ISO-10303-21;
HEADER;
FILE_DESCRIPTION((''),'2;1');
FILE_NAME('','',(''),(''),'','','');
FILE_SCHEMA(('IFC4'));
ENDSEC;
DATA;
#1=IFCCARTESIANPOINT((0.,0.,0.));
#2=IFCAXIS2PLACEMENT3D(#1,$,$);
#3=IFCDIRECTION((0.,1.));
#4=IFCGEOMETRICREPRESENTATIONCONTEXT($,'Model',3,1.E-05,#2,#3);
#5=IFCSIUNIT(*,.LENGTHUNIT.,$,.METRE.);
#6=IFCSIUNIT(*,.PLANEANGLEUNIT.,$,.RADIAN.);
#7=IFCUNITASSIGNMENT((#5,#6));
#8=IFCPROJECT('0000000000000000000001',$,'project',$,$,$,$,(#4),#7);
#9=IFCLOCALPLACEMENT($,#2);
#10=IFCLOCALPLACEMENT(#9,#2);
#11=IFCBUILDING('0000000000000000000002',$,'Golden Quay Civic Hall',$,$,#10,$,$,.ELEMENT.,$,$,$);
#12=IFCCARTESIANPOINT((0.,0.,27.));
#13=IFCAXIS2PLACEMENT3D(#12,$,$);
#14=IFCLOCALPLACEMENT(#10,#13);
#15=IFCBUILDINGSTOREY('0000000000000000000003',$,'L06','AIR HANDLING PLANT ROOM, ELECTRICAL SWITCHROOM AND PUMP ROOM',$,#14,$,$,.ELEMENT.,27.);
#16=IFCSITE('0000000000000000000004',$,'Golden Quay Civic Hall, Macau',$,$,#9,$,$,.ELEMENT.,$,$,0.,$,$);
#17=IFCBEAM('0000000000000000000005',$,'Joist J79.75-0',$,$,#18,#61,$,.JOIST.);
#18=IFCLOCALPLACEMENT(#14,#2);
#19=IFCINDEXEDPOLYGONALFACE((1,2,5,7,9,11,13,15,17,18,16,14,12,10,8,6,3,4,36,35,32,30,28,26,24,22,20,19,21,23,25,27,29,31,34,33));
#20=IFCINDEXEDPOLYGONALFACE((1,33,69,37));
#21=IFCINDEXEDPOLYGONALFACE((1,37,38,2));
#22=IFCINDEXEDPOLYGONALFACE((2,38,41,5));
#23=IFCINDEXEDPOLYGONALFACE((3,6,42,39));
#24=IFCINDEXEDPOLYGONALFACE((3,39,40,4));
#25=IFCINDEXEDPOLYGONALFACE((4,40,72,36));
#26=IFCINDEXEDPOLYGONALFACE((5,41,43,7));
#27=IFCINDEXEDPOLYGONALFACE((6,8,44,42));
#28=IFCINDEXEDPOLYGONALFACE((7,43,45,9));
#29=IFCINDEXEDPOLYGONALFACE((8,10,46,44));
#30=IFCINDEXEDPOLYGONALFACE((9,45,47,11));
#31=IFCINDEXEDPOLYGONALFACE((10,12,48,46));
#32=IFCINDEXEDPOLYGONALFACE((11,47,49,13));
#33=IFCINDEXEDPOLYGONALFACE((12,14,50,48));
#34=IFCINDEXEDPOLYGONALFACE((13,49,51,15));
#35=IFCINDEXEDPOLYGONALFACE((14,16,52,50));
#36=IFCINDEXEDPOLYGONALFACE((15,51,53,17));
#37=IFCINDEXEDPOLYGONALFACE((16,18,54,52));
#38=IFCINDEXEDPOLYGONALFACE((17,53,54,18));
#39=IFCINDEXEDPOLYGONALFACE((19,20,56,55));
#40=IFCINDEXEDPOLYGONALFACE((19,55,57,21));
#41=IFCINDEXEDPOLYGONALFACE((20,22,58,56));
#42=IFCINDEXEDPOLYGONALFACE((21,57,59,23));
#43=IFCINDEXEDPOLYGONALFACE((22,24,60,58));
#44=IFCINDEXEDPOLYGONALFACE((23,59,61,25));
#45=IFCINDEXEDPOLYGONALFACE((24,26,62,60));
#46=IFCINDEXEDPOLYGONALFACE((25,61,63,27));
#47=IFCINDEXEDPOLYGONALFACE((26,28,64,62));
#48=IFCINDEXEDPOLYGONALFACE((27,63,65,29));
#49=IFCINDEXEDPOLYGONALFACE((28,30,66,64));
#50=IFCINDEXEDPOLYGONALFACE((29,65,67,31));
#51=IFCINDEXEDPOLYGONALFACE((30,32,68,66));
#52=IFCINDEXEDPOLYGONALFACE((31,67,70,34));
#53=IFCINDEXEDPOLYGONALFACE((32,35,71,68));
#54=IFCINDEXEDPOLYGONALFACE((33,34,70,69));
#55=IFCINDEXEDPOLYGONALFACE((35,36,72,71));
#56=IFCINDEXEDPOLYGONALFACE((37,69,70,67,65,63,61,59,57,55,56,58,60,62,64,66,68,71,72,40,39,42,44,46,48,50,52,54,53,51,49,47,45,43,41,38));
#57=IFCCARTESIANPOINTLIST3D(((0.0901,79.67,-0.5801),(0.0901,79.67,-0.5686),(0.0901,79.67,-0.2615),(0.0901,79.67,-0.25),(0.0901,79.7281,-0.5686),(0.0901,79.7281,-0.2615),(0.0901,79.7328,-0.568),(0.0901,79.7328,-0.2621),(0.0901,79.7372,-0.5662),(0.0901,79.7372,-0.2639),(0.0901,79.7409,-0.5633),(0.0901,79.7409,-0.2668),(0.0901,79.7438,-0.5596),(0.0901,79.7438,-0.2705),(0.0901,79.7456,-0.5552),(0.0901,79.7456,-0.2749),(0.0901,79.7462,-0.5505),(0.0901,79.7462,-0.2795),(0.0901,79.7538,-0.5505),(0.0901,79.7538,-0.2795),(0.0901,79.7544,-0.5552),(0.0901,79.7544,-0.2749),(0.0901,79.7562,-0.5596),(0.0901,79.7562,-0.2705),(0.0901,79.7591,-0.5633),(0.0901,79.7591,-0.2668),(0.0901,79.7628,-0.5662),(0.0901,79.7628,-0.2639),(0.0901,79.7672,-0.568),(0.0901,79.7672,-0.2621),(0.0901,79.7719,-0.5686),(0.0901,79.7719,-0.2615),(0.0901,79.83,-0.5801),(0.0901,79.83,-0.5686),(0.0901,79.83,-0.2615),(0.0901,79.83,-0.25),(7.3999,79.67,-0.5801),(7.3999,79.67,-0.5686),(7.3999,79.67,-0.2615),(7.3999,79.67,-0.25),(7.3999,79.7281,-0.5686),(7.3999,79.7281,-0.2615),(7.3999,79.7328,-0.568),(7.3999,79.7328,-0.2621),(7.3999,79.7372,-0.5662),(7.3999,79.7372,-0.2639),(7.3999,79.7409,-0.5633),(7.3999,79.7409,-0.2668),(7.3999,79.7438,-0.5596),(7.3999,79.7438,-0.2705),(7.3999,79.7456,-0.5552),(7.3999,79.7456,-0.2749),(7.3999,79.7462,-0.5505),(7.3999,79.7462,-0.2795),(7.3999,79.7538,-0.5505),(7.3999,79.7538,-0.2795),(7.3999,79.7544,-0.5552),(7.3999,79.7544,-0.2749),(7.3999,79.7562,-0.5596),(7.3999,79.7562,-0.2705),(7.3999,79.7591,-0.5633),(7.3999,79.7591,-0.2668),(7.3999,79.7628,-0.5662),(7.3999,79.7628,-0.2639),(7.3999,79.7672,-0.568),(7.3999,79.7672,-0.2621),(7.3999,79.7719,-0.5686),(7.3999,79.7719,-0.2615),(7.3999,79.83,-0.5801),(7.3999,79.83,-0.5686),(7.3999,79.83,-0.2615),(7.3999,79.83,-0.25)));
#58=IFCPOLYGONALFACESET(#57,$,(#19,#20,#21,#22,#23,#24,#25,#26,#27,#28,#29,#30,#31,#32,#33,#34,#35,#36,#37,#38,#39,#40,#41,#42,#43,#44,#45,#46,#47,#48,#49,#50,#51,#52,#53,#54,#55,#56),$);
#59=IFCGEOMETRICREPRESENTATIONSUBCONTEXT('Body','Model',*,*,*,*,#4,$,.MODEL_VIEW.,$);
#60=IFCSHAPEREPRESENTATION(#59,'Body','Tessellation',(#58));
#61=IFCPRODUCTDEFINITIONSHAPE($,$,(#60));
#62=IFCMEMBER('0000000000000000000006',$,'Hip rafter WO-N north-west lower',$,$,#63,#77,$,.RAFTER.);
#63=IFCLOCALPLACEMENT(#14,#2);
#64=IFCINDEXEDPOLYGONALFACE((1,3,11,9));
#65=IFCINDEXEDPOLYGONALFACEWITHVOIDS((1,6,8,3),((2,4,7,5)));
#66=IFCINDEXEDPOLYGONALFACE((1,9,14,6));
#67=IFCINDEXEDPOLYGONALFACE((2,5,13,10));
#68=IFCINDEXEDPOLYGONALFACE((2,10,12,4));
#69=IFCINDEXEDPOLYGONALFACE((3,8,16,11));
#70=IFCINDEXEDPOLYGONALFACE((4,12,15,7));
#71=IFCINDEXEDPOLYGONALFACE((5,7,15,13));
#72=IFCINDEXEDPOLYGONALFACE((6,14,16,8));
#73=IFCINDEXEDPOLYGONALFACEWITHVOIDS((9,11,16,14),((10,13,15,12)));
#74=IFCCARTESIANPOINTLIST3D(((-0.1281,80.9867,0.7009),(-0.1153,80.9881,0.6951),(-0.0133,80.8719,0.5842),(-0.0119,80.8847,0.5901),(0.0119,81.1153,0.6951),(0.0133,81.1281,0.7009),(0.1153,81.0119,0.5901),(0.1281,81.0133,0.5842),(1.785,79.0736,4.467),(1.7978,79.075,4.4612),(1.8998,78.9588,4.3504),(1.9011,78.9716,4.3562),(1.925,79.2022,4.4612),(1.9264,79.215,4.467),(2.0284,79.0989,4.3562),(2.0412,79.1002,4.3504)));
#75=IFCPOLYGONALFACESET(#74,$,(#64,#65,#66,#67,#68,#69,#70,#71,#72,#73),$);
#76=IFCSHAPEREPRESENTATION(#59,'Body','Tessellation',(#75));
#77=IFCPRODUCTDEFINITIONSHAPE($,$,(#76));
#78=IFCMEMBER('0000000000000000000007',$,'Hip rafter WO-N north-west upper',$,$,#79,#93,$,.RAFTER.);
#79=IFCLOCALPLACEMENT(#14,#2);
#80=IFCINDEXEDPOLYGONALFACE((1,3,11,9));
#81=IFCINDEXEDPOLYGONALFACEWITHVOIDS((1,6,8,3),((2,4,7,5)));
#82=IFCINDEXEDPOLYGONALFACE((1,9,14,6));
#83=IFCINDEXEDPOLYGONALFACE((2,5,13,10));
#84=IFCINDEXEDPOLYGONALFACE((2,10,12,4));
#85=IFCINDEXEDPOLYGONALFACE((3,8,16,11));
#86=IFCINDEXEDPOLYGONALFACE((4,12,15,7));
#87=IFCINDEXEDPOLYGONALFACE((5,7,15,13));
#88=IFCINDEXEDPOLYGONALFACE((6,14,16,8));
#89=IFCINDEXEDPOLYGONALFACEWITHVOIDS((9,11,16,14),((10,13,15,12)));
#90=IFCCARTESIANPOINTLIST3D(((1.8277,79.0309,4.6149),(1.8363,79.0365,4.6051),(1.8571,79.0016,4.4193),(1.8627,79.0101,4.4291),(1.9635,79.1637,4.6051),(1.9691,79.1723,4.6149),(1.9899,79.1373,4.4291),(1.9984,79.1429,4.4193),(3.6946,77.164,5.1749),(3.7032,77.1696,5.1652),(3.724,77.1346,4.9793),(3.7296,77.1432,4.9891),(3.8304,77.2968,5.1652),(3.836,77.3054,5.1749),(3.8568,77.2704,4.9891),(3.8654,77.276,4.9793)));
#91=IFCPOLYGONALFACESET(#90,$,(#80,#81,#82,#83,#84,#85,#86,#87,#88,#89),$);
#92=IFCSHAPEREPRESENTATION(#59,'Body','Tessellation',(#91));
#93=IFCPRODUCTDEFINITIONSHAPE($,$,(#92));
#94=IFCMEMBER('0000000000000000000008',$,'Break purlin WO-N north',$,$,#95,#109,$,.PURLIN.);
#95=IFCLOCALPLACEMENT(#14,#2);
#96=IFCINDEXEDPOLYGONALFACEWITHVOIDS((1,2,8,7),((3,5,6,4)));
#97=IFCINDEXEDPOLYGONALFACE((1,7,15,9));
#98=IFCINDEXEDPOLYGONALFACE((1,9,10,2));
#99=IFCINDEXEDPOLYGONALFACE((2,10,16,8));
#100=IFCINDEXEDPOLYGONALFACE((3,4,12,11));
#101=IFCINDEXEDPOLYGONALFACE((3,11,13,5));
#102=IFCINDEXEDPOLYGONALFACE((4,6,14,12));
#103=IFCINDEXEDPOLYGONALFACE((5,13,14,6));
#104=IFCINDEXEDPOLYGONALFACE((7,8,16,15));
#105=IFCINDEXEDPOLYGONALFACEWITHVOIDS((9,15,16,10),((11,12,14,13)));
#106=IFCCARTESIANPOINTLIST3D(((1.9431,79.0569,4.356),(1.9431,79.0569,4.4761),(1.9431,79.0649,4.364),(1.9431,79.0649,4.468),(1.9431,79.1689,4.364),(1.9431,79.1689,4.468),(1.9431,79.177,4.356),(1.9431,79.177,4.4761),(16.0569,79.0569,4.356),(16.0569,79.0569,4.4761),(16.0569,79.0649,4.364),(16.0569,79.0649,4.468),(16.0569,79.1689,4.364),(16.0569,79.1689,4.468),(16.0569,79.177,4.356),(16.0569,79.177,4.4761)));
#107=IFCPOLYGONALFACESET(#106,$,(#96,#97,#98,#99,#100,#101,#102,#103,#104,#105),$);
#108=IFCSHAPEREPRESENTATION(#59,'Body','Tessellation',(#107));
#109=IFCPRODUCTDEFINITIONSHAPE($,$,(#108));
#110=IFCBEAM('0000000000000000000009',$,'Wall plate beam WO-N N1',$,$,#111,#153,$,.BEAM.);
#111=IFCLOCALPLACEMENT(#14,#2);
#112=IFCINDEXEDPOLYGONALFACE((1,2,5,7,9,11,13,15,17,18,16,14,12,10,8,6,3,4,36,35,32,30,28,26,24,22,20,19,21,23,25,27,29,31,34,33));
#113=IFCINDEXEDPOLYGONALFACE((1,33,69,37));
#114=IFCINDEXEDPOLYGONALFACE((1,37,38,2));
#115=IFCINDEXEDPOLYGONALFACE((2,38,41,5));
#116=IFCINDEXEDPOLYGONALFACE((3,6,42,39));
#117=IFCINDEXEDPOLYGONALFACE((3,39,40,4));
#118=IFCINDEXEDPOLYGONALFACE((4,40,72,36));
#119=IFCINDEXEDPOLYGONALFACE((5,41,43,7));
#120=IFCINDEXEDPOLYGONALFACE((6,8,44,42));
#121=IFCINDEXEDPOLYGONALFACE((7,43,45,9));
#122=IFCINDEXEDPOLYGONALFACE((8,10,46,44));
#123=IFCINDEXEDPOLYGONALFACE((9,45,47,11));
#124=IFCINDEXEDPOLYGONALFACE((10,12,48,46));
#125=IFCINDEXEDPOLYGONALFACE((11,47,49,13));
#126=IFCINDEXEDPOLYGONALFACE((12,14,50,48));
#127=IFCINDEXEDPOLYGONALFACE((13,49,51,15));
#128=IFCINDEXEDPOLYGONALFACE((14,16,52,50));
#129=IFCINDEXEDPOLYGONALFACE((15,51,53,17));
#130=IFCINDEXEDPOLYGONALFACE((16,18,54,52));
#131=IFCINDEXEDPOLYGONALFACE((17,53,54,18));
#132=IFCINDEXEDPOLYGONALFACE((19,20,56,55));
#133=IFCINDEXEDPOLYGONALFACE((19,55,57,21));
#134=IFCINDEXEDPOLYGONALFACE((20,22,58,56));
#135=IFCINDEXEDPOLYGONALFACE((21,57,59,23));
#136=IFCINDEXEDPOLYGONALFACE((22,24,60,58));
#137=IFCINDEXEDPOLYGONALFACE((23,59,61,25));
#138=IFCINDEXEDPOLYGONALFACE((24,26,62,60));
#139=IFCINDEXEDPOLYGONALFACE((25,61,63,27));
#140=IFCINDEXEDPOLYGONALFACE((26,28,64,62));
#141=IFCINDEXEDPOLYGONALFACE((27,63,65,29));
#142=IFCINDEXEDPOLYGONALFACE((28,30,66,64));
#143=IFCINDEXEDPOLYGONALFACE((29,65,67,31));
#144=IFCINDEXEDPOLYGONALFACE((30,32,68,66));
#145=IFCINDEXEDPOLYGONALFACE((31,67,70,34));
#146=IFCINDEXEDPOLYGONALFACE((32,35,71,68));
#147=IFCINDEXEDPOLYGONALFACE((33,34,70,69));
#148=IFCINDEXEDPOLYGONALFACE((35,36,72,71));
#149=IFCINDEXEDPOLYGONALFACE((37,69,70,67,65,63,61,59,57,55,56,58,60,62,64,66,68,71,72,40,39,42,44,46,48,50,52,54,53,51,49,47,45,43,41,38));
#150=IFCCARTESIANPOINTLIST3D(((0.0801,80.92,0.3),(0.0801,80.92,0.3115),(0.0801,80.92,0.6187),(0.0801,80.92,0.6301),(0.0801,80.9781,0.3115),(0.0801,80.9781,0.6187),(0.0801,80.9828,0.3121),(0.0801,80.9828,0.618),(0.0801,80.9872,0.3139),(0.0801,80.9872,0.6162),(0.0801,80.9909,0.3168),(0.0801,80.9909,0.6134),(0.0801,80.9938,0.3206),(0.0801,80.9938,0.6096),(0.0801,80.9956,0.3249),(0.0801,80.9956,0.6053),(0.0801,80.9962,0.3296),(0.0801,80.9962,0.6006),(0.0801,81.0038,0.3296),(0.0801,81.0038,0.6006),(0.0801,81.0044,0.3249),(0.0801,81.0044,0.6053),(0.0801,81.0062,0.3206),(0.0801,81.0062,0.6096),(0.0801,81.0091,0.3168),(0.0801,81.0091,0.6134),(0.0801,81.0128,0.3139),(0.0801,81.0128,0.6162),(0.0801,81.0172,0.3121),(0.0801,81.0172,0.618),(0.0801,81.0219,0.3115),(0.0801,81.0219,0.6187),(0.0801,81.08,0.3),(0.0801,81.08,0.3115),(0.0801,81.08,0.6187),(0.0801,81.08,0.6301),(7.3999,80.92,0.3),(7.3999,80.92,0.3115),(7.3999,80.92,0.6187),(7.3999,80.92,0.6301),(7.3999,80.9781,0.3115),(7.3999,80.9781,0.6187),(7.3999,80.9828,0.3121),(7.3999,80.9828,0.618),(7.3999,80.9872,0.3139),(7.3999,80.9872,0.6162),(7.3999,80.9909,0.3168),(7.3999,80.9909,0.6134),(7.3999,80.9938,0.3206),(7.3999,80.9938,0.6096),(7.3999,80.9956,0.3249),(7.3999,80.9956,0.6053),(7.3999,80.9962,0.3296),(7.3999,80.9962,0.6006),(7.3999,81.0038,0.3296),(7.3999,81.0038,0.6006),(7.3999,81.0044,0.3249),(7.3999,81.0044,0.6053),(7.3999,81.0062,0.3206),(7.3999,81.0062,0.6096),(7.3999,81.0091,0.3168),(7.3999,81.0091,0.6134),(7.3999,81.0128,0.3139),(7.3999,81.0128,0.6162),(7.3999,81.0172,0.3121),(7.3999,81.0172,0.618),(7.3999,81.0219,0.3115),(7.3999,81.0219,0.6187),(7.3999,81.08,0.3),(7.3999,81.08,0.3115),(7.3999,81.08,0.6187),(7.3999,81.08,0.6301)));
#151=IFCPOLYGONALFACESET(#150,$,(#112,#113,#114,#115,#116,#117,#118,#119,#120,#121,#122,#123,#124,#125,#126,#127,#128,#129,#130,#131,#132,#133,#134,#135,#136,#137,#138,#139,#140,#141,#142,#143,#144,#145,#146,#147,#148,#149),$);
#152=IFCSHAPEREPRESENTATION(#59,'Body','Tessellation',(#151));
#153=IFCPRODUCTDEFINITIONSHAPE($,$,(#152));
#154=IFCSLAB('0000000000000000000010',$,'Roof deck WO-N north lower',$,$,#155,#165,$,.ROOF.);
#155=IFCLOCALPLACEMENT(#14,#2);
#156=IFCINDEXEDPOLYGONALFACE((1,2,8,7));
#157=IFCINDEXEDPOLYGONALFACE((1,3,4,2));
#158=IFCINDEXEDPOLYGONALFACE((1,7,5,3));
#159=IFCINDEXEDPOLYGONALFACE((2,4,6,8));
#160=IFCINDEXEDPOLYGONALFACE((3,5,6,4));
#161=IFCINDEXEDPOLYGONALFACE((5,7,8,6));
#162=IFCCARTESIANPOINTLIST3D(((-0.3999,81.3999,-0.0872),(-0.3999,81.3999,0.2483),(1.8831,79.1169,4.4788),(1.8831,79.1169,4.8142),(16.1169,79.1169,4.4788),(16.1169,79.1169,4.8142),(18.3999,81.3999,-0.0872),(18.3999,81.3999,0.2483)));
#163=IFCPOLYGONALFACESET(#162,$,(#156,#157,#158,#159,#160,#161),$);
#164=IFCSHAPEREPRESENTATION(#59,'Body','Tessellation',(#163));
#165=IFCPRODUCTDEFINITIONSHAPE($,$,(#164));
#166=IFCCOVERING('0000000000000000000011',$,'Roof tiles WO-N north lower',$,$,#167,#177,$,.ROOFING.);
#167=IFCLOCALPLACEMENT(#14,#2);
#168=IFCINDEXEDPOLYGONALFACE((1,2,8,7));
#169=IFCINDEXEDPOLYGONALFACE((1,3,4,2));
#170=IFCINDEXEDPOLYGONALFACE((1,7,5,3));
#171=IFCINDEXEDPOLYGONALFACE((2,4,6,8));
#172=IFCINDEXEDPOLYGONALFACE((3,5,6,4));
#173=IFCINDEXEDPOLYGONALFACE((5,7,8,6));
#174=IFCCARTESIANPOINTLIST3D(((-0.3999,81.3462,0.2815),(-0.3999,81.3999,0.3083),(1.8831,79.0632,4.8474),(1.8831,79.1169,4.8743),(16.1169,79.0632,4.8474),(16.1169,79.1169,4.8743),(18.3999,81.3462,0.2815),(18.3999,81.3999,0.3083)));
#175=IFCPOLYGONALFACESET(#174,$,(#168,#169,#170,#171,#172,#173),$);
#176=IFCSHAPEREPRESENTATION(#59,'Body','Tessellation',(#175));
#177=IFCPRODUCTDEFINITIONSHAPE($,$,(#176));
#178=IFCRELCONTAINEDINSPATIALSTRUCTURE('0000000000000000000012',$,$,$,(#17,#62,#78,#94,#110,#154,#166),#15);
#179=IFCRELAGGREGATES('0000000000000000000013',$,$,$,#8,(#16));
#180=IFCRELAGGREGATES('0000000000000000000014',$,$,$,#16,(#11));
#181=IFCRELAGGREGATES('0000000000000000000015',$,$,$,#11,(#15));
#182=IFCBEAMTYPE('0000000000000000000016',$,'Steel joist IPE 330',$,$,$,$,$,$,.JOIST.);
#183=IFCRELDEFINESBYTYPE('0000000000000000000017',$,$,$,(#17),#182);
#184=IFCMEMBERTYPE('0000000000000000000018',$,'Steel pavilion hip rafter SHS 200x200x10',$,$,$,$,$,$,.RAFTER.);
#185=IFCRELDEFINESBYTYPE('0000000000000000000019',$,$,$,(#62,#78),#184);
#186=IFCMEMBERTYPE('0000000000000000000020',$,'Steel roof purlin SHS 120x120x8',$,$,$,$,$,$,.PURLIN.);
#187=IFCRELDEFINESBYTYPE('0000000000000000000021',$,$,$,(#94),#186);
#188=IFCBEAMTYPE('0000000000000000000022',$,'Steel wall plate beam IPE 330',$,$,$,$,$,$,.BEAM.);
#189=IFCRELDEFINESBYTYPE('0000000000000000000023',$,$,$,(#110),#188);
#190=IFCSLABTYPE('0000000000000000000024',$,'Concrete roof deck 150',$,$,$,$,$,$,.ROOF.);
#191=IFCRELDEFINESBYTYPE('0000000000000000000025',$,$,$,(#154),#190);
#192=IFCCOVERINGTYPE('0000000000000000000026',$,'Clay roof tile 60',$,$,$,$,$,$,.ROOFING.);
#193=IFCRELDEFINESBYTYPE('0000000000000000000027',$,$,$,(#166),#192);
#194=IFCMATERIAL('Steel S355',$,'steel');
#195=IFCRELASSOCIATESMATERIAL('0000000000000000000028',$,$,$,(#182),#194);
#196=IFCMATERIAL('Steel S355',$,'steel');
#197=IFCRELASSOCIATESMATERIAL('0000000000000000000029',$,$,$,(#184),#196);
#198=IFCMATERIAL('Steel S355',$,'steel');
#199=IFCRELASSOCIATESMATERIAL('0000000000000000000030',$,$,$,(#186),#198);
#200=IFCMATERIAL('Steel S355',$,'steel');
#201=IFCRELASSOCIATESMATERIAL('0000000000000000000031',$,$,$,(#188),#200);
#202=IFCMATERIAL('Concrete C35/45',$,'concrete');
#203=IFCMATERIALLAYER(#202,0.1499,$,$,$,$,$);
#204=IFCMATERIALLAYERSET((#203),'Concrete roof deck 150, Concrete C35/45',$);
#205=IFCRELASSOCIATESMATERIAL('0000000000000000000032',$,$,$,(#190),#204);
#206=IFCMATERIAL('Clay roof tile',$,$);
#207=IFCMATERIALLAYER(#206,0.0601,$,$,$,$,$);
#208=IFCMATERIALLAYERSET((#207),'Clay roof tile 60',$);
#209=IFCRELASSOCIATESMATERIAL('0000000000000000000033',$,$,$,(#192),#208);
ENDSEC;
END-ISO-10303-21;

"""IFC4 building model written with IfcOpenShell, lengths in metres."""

from ifc_helpers import new_model, si_unit, direction, frame, origin, origin_2d, place, context, subcontext, project, spatial, polyline, hollow_rectangle, i_section, outline, extrude, material, layer, layer_set, material_profile, profile_set, type_object, element, save


model = new_model("IFC4")

# Units and contexts
model_context = context("Model", 3, precision=1e-05, world=origin(), true_north=direction((0.0, 1.0)))
body_context = subcontext(model_context, "Body", "Model", "MODEL_VIEW")
ifc_project = project(units=[si_unit("LENGTHUNIT", "METRE"), si_unit("PLANEANGLEUNIT", "RADIAN")], contexts=[model_context])

# Site, building, storey
site_placement = place(None, origin())
site = spatial("IfcSite", under=ifc_project, at=site_placement, Name="Golden Quay Civic Hall, Macau", CompositionType="ELEMENT", RefElevation=0.0)
building_placement = place(site_placement, origin())
building = spatial("IfcBuilding", under=site, at=building_placement, Name="Golden Quay Civic Hall", CompositionType="ELEMENT")
storey_placement = place(building_placement, frame((0.0, 0.0, 27.0)))
storey = spatial("IfcBuildingStorey", under=building, at=storey_placement, Name="L06", Description="AIR HANDLING PLANT ROOM, ELECTRICAL SWITCHROOM AND PUMP ROOM", CompositionType="ELEMENT", Elevation=27.0)

# Beam
ifc_material_1 = material(Name="Steel S355", Category="steel")
ifc_material_profile_1 = material_profile(ifc_material_1, i_section(OverallWidth=0.1599, OverallDepth=0.3301, WebThickness=0.0076, FlangeThickness=0.0115, FilletRadius=0.0181, at=origin_2d()), Name="IPE 330")
ifc_profile_set_1 = profile_set([ifc_material_profile_1], Name="Steel S355")
beam_type_1 = type_object("IfcBeamType", Name="Steel joist IPE 330", PredefinedType="JOIST", material=ifc_profile_set_1)
beam_1_placement = place(storey_placement, frame((0.0901, 79.75, -0.415), z_axis=(1.0, 0.0, 0.0), x_axis=(0.0, 1.0, 0.0)))
element("IfcBeam", 1, at=beam_1_placement, inside=storey, type_object=beam_type_1, Name="Joist J79.75-0", PredefinedType="JOIST", context=body_context, shape_type="SweptSolid", body=[
    extrude(i_section(OverallWidth=0.1599, OverallDepth=0.3301, WebThickness=0.0076, FlangeThickness=0.0115, FilletRadius=0.0181, at=origin_2d()), origin(), (0.0, 0.0, 1.0), 7.3098),
])

# Members
ifc_material_2 = material(Name="Steel S355", Category="steel")
ifc_material_profile_2 = material_profile(ifc_material_2, hollow_rectangle(XDim=0.2, YDim=0.2, WallThickness=0.01, at=origin_2d()), Name="SHS 200x200x10")
ifc_profile_set_2 = profile_set([ifc_material_profile_2], Name="Steel S355")
member_type_1 = type_object("IfcMemberType", Name="Steel pavilion hip rafter SHS 200x200x10", PredefinedType="RAFTER", material=ifc_profile_set_2)
member_1_placement = place(storey_placement, frame((0.0, 81.0, 0.6426), z_axis=(0.412554, -0.412554, 0.812157), x_axis=(0.707107, 0.707107, 0.0)))
element("IfcMember", 2, at=member_1_placement, inside=storey, type_object=member_type_1, Name="Hip rafter WO-N north-west lower", PredefinedType="RAFTER", context=body_context, shape_type="SweptSolid", body=[
    extrude(hollow_rectangle(XDim=0.2, YDim=0.2, WallThickness=0.01, at=origin_2d()), origin(), (0.0, 0.0, 1.0), 4.6372),
])
member_2_placement = place(storey_placement, frame((1.9131, 79.0869, 4.5171), z_axis=(0.691716, -0.691716, 0.207506), x_axis=(0.707107, 0.707107, 0.0)))
element("IfcMember", 3, at=member_2_placement, inside=storey, type_object=member_type_1, Name="Hip rafter WO-N north-west upper", PredefinedType="RAFTER", context=body_context, shape_type="SweptSolid", body=[
    extrude(hollow_rectangle(XDim=0.2, YDim=0.2, WallThickness=0.01, at=origin_2d()), origin(), (0.0, 0.0, 1.0), 2.699),
])
ifc_material_3 = material(Name="Steel S355", Category="steel")
ifc_material_profile_3 = material_profile(ifc_material_3, hollow_rectangle(XDim=0.1201, YDim=0.1201, WallThickness=0.0081, at=origin_2d()), Name="SHS 120x120x8")
ifc_profile_set_3 = profile_set([ifc_material_profile_3], Name="Steel S355")
member_type_2 = type_object("IfcMemberType", Name="Steel roof purlin SHS 120x120x8", PredefinedType="PURLIN", material=ifc_profile_set_3)
member_3_placement = place(storey_placement, frame((1.9431, 79.1169, 4.416), z_axis=(1.0, 0.0, 0.0), x_axis=(0.0, 1.0, 0.0)))
element("IfcMember", 4, at=member_3_placement, inside=storey, type_object=member_type_2, Name="Break purlin WO-N north", PredefinedType="PURLIN", context=body_context, shape_type="SweptSolid", body=[
    extrude(hollow_rectangle(XDim=0.1201, YDim=0.1201, WallThickness=0.0081, at=origin_2d()), origin(), (0.0, 0.0, 1.0), 14.1138),
])

# Beam
ifc_material_4 = material(Name="Steel S355", Category="steel")
ifc_material_profile_4 = material_profile(ifc_material_4, i_section(OverallWidth=0.1599, OverallDepth=0.3301, WebThickness=0.0076, FlangeThickness=0.0115, FilletRadius=0.0181, at=origin_2d()), Name="IPE 330")
ifc_profile_set_4 = profile_set([ifc_material_profile_4], Name="Steel S355")
beam_type_2 = type_object("IfcBeamType", Name="Steel wall plate beam IPE 330", PredefinedType="BEAM", material=ifc_profile_set_4)
beam_2_placement = place(storey_placement, frame((0.0801, 81.0, 0.4651), z_axis=(1.0, 0.0, 0.0), x_axis=(0.0, 1.0, 0.0)))
element("IfcBeam", 5, at=beam_2_placement, inside=storey, type_object=beam_type_2, Name="Wall plate beam WO-N N1", PredefinedType="BEAM", context=body_context, shape_type="SweptSolid", body=[
    extrude(i_section(OverallWidth=0.1599, OverallDepth=0.3301, WebThickness=0.0076, FlangeThickness=0.0115, FilletRadius=0.0181, at=origin_2d()), origin(), (0.0, 0.0, 1.0), 7.3198),
])

# Slab
ifc_material_5 = material(Name="Concrete C35/45", Category="concrete")
ifc_layer_1 = layer(ifc_material_5, 0.1499)
ifc_layer_set_1 = layer_set([ifc_layer_1], Name="Concrete roof deck 150, Concrete C35/45")
slab_type = type_object("IfcSlabType", Name="Concrete roof deck 150", PredefinedType="ROOF", material=ifc_layer_set_1)
slab_placement = place(storey_placement, frame((-0.3999, 81.3999, 0.2483), z_axis=(0.0, 0.894427, 0.447214), x_axis=(1.0, 0.0, 0.0)))
element("IfcSlab", 6, at=slab_placement, inside=storey, type_object=slab_type, Name="Roof deck WO-N north lower", PredefinedType="ROOF", context=body_context, shape_type="SweptSolid", body=[
    extrude(outline(polyline([(0.0, 0.0), (18.7998, 0.0), (16.5168, -5.1049), (2.283, -5.1049), (0.0, 0.0)])), origin(), (0.0, 0.894427, -0.447214), 0.3354),
])

# Covering
ifc_material_6 = material(Name="Clay roof tile")
ifc_layer_2 = layer(ifc_material_6, 0.0601)
ifc_layer_set_2 = layer_set([ifc_layer_2], Name="Clay roof tile 60")
covering_type = type_object("IfcCoveringType", Name="Clay roof tile 60", PredefinedType="ROOFING", material=ifc_layer_set_2)
covering_placement = place(storey_placement, frame((-0.3999, 81.3999, 0.3083), z_axis=(0.0, 0.894427, 0.447214), x_axis=(1.0, 0.0, 0.0)))
element("IfcCovering", 7, at=covering_placement, inside=storey, type_object=covering_type, Name="Roof tiles WO-N north lower", PredefinedType="ROOFING", context=body_context, shape_type="SweptSolid", body=[
    extrude(outline(polyline([(0.0, 0.0), (18.7998, 0.0), (16.5168, -5.1049), (2.283, -5.1049), (0.0, 0.0)])), origin(), (0.0, 0.0, -1.0), 0.0601),
])

save(model, "model.ifc")
